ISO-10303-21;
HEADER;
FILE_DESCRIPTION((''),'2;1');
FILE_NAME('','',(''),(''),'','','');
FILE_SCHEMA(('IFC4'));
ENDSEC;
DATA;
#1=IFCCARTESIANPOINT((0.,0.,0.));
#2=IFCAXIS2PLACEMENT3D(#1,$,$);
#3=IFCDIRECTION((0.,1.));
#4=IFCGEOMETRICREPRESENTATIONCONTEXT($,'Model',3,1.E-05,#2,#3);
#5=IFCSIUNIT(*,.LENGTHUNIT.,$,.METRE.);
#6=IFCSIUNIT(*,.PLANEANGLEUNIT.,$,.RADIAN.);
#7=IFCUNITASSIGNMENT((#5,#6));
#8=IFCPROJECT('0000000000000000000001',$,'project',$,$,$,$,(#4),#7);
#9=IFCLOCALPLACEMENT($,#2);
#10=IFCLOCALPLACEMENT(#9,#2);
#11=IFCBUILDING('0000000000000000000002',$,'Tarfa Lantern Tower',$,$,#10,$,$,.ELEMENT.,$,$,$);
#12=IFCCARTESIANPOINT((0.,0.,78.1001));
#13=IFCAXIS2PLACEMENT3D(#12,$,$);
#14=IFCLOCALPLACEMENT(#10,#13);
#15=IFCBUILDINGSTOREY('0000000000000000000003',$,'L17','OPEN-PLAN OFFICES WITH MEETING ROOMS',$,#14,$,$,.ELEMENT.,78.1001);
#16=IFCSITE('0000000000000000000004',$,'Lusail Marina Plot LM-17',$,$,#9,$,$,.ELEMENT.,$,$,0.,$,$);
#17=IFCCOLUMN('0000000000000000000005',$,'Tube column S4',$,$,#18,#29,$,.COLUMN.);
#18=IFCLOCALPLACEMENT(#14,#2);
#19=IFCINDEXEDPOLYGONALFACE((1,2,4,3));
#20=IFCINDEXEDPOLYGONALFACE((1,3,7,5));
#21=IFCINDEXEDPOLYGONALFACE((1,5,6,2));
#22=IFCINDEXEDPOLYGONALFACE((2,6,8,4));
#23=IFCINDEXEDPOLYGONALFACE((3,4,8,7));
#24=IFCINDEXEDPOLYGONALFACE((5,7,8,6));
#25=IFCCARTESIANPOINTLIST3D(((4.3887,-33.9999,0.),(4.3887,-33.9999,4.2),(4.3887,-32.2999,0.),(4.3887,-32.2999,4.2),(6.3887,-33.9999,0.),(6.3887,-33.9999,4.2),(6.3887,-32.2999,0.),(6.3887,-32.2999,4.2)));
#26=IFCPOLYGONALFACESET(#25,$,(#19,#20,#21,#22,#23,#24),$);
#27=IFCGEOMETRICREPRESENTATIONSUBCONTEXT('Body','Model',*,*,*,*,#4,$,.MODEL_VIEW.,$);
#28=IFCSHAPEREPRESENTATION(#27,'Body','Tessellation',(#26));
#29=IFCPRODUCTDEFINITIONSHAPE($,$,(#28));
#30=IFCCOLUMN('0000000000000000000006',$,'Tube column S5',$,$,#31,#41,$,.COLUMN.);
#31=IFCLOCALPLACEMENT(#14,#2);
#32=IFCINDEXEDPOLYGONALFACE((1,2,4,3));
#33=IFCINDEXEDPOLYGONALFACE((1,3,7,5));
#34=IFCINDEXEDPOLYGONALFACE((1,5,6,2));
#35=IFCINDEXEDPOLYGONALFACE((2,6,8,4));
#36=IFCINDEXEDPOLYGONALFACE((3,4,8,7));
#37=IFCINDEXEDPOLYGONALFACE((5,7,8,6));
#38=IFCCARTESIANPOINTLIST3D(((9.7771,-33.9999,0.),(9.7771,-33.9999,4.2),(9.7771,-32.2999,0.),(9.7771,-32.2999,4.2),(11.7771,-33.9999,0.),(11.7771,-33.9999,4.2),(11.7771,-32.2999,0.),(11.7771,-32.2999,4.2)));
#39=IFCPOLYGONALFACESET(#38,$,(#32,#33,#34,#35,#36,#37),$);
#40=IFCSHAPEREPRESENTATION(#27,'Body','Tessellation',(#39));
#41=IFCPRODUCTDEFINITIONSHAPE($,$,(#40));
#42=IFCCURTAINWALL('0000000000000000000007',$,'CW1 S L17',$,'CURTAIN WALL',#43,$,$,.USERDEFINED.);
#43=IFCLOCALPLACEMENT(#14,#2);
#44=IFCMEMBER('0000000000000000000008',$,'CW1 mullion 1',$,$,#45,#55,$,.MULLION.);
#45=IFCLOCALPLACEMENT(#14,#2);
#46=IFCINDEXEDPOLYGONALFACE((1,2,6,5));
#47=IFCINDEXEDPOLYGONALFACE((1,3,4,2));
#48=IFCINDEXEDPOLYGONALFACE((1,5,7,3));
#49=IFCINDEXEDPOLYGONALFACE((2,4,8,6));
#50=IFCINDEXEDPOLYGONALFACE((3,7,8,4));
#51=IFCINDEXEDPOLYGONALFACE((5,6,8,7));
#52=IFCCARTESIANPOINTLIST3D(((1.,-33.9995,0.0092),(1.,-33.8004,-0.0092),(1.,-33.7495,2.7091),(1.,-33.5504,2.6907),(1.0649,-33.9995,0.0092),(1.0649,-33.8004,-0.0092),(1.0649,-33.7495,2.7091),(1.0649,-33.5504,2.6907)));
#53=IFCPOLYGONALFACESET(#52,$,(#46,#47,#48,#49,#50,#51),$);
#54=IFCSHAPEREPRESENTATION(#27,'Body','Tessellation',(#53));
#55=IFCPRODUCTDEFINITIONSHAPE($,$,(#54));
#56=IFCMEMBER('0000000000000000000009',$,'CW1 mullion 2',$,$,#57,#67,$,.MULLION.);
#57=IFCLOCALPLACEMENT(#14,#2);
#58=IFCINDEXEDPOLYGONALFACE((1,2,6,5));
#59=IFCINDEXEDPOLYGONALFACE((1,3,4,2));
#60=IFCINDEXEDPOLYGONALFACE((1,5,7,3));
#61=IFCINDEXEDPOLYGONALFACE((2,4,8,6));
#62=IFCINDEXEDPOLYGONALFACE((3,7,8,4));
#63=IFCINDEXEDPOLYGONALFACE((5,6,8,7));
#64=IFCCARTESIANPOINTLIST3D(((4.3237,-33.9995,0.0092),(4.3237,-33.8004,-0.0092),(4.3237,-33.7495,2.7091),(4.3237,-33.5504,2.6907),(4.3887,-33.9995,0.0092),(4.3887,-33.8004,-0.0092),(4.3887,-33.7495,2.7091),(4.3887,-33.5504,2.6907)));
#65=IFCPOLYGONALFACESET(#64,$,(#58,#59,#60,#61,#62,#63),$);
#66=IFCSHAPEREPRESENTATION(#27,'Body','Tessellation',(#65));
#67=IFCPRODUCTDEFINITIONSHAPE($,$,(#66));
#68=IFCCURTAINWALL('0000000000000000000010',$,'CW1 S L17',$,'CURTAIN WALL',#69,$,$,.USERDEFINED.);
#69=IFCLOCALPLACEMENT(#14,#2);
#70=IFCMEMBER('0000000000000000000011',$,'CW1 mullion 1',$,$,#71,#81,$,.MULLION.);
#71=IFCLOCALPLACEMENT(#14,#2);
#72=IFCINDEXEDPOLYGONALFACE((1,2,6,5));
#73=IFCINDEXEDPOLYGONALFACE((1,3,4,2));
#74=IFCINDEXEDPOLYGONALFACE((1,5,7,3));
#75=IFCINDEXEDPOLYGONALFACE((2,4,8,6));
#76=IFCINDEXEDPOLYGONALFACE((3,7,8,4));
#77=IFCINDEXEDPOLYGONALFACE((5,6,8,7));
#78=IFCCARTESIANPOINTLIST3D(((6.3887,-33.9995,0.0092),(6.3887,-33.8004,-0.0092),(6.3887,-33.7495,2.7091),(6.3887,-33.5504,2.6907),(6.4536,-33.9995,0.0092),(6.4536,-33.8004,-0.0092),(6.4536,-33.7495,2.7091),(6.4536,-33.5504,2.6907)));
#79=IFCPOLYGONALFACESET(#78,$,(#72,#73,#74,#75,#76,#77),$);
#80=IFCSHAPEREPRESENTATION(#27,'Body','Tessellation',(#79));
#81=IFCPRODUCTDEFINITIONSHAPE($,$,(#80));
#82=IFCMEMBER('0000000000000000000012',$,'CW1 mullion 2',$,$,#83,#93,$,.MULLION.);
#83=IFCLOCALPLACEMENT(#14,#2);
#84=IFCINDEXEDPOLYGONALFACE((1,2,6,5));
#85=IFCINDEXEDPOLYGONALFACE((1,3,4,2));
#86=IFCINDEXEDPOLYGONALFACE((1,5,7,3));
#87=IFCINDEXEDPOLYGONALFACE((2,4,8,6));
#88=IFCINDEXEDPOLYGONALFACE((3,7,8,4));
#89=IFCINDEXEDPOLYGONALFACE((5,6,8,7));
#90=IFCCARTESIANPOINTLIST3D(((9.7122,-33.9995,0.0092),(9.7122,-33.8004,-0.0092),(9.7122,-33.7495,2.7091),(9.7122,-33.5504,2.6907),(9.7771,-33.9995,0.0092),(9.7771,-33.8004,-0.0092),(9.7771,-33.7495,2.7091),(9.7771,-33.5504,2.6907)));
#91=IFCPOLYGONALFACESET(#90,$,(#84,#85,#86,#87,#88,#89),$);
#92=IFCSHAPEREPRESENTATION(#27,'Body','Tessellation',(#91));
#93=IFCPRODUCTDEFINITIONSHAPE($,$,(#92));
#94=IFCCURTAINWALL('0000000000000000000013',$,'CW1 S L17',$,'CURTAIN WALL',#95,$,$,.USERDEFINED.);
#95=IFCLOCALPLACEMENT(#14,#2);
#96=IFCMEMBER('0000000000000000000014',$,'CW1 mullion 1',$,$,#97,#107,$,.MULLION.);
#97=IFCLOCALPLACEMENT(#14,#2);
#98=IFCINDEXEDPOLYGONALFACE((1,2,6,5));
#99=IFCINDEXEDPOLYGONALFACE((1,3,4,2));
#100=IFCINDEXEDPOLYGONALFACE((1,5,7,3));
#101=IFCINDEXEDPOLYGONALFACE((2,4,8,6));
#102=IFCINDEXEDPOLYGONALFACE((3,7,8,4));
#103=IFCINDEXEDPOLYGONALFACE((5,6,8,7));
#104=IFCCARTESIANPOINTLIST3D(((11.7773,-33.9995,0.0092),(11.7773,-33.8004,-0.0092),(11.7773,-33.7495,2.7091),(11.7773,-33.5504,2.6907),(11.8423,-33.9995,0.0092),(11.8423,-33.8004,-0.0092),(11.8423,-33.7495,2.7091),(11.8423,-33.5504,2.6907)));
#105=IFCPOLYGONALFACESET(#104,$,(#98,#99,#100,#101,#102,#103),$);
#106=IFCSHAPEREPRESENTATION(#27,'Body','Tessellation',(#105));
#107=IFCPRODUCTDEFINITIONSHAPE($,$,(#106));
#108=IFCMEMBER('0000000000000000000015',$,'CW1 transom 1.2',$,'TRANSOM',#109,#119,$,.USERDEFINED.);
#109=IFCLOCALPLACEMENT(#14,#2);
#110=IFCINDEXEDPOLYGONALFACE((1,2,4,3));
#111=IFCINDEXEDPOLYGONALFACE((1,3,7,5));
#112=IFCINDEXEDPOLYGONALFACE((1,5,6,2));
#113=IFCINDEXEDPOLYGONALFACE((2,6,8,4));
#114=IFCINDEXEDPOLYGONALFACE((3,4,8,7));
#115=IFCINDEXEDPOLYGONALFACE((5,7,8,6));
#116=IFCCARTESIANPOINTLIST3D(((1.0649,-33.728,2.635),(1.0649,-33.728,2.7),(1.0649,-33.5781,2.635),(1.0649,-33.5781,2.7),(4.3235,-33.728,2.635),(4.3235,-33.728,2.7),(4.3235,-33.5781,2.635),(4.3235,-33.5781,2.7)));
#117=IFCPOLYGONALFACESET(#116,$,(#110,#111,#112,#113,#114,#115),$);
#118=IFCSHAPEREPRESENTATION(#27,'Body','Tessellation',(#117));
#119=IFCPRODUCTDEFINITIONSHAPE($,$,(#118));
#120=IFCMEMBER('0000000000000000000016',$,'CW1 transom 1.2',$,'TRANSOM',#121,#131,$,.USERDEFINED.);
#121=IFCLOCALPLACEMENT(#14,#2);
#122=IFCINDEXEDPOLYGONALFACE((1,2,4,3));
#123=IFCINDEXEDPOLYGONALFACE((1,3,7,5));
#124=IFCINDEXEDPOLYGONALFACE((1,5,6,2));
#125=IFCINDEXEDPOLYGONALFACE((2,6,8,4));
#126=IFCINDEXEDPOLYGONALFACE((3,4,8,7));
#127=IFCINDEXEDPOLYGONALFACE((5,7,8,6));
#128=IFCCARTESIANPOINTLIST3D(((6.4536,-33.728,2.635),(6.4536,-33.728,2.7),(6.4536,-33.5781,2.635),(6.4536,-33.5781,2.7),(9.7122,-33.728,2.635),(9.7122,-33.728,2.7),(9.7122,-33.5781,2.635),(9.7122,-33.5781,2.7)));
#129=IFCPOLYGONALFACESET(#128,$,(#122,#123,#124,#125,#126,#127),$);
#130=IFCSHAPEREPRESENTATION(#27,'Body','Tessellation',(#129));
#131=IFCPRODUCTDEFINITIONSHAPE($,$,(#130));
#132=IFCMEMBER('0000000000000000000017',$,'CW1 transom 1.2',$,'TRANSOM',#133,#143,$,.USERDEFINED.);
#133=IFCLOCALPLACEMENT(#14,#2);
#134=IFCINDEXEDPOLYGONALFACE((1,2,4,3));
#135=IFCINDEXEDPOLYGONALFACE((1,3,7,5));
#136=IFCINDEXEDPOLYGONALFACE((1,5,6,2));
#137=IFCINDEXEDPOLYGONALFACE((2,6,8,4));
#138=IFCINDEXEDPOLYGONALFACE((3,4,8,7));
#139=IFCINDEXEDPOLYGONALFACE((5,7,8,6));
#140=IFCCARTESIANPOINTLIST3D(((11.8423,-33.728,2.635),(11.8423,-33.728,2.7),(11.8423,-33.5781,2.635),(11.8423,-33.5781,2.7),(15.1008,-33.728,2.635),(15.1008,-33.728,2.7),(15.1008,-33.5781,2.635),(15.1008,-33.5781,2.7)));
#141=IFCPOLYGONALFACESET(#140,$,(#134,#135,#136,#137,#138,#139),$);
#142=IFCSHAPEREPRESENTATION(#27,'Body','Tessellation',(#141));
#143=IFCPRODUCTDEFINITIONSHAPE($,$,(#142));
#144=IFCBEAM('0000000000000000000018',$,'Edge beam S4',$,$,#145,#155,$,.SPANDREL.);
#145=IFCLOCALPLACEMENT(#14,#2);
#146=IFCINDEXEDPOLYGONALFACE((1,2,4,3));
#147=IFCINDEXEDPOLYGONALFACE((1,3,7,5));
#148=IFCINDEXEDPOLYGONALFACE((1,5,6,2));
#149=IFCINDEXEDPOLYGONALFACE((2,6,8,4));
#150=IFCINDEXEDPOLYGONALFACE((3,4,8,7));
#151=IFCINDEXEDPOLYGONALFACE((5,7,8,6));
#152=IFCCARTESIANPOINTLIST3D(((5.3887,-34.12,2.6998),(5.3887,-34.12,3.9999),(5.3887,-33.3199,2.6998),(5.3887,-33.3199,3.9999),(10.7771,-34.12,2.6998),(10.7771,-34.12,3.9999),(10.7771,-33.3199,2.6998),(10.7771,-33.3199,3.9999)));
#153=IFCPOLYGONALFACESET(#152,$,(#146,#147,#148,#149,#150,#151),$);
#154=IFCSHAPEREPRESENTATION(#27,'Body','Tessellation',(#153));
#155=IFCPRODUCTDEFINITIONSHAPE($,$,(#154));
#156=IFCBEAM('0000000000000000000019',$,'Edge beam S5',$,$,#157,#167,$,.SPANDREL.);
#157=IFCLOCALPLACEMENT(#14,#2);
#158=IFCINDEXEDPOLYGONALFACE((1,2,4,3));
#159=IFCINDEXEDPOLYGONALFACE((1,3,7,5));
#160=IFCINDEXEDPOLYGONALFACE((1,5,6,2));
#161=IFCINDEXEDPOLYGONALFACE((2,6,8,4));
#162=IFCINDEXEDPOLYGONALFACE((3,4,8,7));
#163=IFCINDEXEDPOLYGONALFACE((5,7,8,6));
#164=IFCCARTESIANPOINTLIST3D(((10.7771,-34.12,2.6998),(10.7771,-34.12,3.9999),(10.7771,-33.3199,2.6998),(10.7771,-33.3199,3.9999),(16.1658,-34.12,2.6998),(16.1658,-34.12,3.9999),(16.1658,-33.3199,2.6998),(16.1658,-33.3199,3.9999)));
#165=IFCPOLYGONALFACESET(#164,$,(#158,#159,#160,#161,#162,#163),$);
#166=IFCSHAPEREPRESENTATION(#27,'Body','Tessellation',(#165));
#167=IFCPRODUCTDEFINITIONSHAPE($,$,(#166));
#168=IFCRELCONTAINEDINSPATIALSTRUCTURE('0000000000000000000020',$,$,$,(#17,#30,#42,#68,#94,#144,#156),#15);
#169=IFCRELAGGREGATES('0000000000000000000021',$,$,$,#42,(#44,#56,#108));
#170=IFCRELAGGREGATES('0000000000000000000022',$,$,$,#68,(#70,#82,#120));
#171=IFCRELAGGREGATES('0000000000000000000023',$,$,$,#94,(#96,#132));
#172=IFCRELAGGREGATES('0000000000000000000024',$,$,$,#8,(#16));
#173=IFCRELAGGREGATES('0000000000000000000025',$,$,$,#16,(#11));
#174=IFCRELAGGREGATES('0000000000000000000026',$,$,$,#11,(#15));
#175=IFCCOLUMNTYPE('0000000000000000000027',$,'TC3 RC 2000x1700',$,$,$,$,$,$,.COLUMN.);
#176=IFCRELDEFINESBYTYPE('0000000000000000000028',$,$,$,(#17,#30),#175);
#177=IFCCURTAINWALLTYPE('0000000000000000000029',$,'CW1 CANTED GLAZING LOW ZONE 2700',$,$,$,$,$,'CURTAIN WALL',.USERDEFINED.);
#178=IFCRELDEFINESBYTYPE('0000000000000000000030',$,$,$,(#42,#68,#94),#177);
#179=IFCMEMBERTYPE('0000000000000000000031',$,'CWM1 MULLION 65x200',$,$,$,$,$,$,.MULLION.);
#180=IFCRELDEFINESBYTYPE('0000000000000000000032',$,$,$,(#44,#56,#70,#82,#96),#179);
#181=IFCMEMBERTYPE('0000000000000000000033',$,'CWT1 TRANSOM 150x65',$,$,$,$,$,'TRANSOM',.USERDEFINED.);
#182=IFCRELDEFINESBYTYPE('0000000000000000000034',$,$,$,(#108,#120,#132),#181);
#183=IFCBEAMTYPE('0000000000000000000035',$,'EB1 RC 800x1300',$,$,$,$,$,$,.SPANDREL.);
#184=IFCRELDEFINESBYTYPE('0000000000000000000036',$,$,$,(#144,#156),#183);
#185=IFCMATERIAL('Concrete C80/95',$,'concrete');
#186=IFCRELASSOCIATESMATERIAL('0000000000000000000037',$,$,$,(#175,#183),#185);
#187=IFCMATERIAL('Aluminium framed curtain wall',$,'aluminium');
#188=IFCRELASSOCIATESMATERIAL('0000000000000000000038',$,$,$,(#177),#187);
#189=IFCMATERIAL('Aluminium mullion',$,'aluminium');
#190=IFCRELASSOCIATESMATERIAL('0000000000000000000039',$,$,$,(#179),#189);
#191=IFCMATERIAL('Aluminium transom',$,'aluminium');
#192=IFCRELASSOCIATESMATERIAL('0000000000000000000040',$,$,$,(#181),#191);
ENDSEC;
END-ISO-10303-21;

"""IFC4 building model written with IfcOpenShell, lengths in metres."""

from ifc_helpers import new_model, si_unit, direction, frame, origin, origin_2d, place, context, subcontext, project, spatial, rectangle, extrude, material, material_profile, profile_set, type_object, element, aggregate, save


model = new_model("IFC4")

# Units and contexts
model_context = context("Model", 3, precision=1e-05, world=origin(), true_north=direction((0.0, 1.0)))
body_context = subcontext(model_context, "Body", "Model", "MODEL_VIEW")
ifc_project = project(units=[si_unit("LENGTHUNIT", "METRE"), si_unit("PLANEANGLEUNIT", "RADIAN")], contexts=[model_context])

# Site, building, storey
site_placement = place(None, origin())
site = spatial("IfcSite", under=ifc_project, at=site_placement, Name="Lusail Marina Plot LM-17", CompositionType="ELEMENT", RefElevation=0.0)
building_placement = place(site_placement, origin())
building = spatial("IfcBuilding", under=site, at=building_placement, Name="Tarfa Lantern Tower", CompositionType="ELEMENT")
storey_placement = place(building_placement, frame((0.0, 0.0, 78.1001)))
storey = spatial("IfcBuildingStorey", under=building, at=storey_placement, Name="L17", Description="OPEN-PLAN OFFICES WITH MEETING ROOMS", CompositionType="ELEMENT", Elevation=78.1001)

# Columns
ifc_material_1 = material(Name="Concrete C80/95", Category="concrete")
ifc_material_profile_1 = material_profile(ifc_material_1, rectangle(XDim=2.0, YDim=1.7, at=origin_2d()), Name="RC 2000x1700")
ifc_profile_set_1 = profile_set([ifc_material_profile_1], Name="Concrete C80/95")
column_type = type_object("IfcColumnType", Name="TC3 RC 2000x1700", PredefinedType="COLUMN", material=ifc_profile_set_1)
for number, where, z_axis, x_axis, name in (
    (1, (5.3887, -33.1499, 0.0), (0.0, 0.0, 1.0), (1.0, 0.0, 0.0), "Tube column S4"),
    (2, (10.7771, -33.1499, 0.0), (0.0, 0.0, 1.0), (1.0, 0.0, 0.0), "Tube column S5"),
):
    element("IfcColumn", number, at=place(storey_placement, frame(where, z_axis=z_axis, x_axis=x_axis)), inside=storey, type_object=column_type, Name=name, PredefinedType="COLUMN", context=body_context, shape_type="SweptSolid", body=[
        extrude(rectangle(XDim=2.0, YDim=1.7, at=origin_2d()), origin(), (0.0, 0.0, 1.0), 4.2),
    ])

# Curtain walls, members
ifc_material_2 = material(Name="Aluminium framed curtain wall", Category="aluminium")
curtain_wall_type = type_object("IfcCurtainWallType", Name="CW1 CANTED GLAZING LOW ZONE 2700", ElementType="CURTAIN WALL", PredefinedType="USERDEFINED", material=ifc_material_2)
curtain_wall_1_placement = place(storey_placement, origin())
curtain_wall_1 = element("IfcCurtainWall", 3, at=curtain_wall_1_placement, inside=storey, type_object=curtain_wall_type, Name="CW1 S L17", ObjectType="CURTAIN WALL", PredefinedType="USERDEFINED")
ifc_material_3 = material(Name="Aluminium mullion", Category="aluminium")
ifc_material_profile_2 = material_profile(ifc_material_3, rectangle(XDim=0.0649, YDim=0.2, at=origin_2d()), Name="AL MULLION 65x200")
ifc_profile_set_2 = profile_set([ifc_material_profile_2], Name="Aluminium mullion")
member_type_1 = type_object("IfcMemberType", Name="CWM1 MULLION 65x200", PredefinedType="MULLION", material=ifc_profile_set_2)
member_1_placement = place(storey_placement, frame((1.0325, -33.8999, 0.0), z_axis=(0.0, 0.0922, 0.995741), x_axis=(-1.0, 0.0, 0.0)))
member_1 = element("IfcMember", 4, at=member_1_placement, type_object=member_type_1, Name="CW1 mullion 1", PredefinedType="MULLION", context=body_context, shape_type="SweptSolid", body=[
    extrude(rectangle(XDim=0.0649, YDim=0.2, at=origin_2d()), origin(), (0.0, 0.0, 1.0), 2.7114),
])
member_2_placement = place(storey_placement, frame((4.3562, -33.8999, 0.0), z_axis=(0.0, 0.0922, 0.995741), x_axis=(-1.0, 0.0, 0.0)))
member_2 = element("IfcMember", 5, at=member_2_placement, type_object=member_type_1, Name="CW1 mullion 2", PredefinedType="MULLION", context=body_context, shape_type="SweptSolid", body=[
    extrude(rectangle(XDim=0.0649, YDim=0.2, at=origin_2d()), origin(), (0.0, 0.0, 1.0), 2.7114),
])
curtain_wall_2_placement = place(storey_placement, origin())
curtain_wall_2 = element("IfcCurtainWall", 6, at=curtain_wall_2_placement, inside=storey, type_object=curtain_wall_type, Name="CW1 S L17", ObjectType="CURTAIN WALL", PredefinedType="USERDEFINED")
member_3_placement = place(storey_placement, frame((6.4211, -33.8999, 0.0), z_axis=(0.0, 0.0922, 0.995741), x_axis=(-1.0, 0.0, 0.0)))
member_3 = element("IfcMember", 7, at=member_3_placement, type_object=member_type_1, Name="CW1 mullion 1", PredefinedType="MULLION", context=body_context, shape_type="SweptSolid", body=[
    extrude(rectangle(XDim=0.0649, YDim=0.2, at=origin_2d()), origin(), (0.0, 0.0, 1.0), 2.7114),
])
member_4_placement = place(storey_placement, frame((9.7446, -33.8999, 0.0), z_axis=(0.0, 0.0922, 0.995741), x_axis=(-1.0, 0.0, 0.0)))
member_4 = element("IfcMember", 8, at=member_4_placement, type_object=member_type_1, Name="CW1 mullion 2", PredefinedType="MULLION", context=body_context, shape_type="SweptSolid", body=[
    extrude(rectangle(XDim=0.0649, YDim=0.2, at=origin_2d()), origin(), (0.0, 0.0, 1.0), 2.7114),
])

# Curtain wall, member
curtain_wall_3_placement = place(storey_placement, origin())
curtain_wall_3 = element("IfcCurtainWall", 9, at=curtain_wall_3_placement, inside=storey, type_object=curtain_wall_type, Name="CW1 S L17", ObjectType="CURTAIN WALL", PredefinedType="USERDEFINED")
member_5_placement = place(storey_placement, frame((11.8098, -33.8999, 0.0), z_axis=(0.0, 0.0922, 0.995741), x_axis=(-1.0, 0.0, 0.0)))
member_5 = element("IfcMember", 10, at=member_5_placement, type_object=member_type_1, Name="CW1 mullion 1", PredefinedType="MULLION", context=body_context, shape_type="SweptSolid", body=[
    extrude(rectangle(XDim=0.0649, YDim=0.2, at=origin_2d()), origin(), (0.0, 0.0, 1.0), 2.7114),
])

# Members
ifc_material_4 = material(Name="Aluminium transom", Category="aluminium")
ifc_material_profile_3 = material_profile(ifc_material_4, rectangle(XDim=0.1499, YDim=0.0649, at=origin_2d()), Name="AL TRANSOM 150x65")
ifc_profile_set_3 = profile_set([ifc_material_profile_3], Name="Aluminium transom")
member_type_2 = type_object("IfcMemberType", Name="CWT1 TRANSOM 150x65", ElementType="TRANSOM", PredefinedType="USERDEFINED", material=ifc_profile_set_3)
member_6_placement = place(storey_placement, frame((1.0649, -33.6531, 2.6675), z_axis=(1.0, 0.0, 0.0), x_axis=(0.0, 1.0, 0.0)))
member_6 = element("IfcMember", 11, at=member_6_placement, type_object=member_type_2, Name="CW1 transom 1.2", ObjectType="TRANSOM", PredefinedType="USERDEFINED", context=body_context, shape_type="SweptSolid", body=[
    extrude(rectangle(XDim=0.1499, YDim=0.0649, at=origin_2d()), origin(), (0.0, 0.0, 1.0), 3.2585),
])
member_7_placement = place(storey_placement, frame((6.4536, -33.6531, 2.6675), z_axis=(1.0, 0.0, 0.0), x_axis=(0.0, 1.0, 0.0)))
member_7 = element("IfcMember", 12, at=member_7_placement, type_object=member_type_2, Name="CW1 transom 1.2", ObjectType="TRANSOM", PredefinedType="USERDEFINED", context=body_context, shape_type="SweptSolid", body=[
    extrude(rectangle(XDim=0.1499, YDim=0.0649, at=origin_2d()), origin(), (0.0, 0.0, 1.0), 3.2585),
])
member_8_placement = place(storey_placement, frame((11.8423, -33.6531, 2.6675), z_axis=(1.0, 0.0, 0.0), x_axis=(0.0, 1.0, 0.0)))
member_8 = element("IfcMember", 13, at=member_8_placement, type_object=member_type_2, Name="CW1 transom 1.2", ObjectType="TRANSOM", PredefinedType="USERDEFINED", context=body_context, shape_type="SweptSolid", body=[
    extrude(rectangle(XDim=0.1499, YDim=0.0649, at=origin_2d()), origin(), (0.0, 0.0, 1.0), 3.2585),
])

# Beams
ifc_material_profile_4 = material_profile(ifc_material_1, rectangle(XDim=0.8, YDim=1.3, at=origin_2d()), Name="RC 800x1300")
ifc_profile_set_4 = profile_set([ifc_material_profile_4], Name="Concrete C80/95")
beam_type_1 = type_object("IfcBeamType", Name="EB1 RC 800x1300", PredefinedType="SPANDREL", material=ifc_profile_set_4)
beam_1_placement = place(storey_placement, frame((5.3887, -33.72, 3.3499), z_axis=(1.0, 0.0, 0.0), x_axis=(0.0, 1.0, 0.0)))
element("IfcBeam", 14, at=beam_1_placement, inside=storey, type_object=beam_type_1, Name="Edge beam S4", PredefinedType="SPANDREL", context=body_context, shape_type="SweptSolid", body=[
    extrude(rectangle(XDim=0.8, YDim=1.3, at=origin_2d()), origin(), (0.0, 0.0, 1.0), 5.3884),
])
beam_2_placement = place(storey_placement, frame((10.7771, -33.72, 3.3499), z_axis=(1.0, 0.0, 0.0), x_axis=(0.0, 1.0, 0.0)))
element("IfcBeam", 15, at=beam_2_placement, inside=storey, type_object=beam_type_1, Name="Edge beam S5", PredefinedType="SPANDREL", context=body_context, shape_type="SweptSolid", body=[
    extrude(rectangle(XDim=0.8, YDim=1.3, at=origin_2d()), origin(), (0.0, 0.0, 1.0), 5.3887),
])

aggregate(curtain_wall_1, [member_1, member_2, member_6])
aggregate(curtain_wall_2, [member_3, member_4, member_7])
aggregate(curtain_wall_3, [member_5, member_8])

save(model, "model.ifc")
